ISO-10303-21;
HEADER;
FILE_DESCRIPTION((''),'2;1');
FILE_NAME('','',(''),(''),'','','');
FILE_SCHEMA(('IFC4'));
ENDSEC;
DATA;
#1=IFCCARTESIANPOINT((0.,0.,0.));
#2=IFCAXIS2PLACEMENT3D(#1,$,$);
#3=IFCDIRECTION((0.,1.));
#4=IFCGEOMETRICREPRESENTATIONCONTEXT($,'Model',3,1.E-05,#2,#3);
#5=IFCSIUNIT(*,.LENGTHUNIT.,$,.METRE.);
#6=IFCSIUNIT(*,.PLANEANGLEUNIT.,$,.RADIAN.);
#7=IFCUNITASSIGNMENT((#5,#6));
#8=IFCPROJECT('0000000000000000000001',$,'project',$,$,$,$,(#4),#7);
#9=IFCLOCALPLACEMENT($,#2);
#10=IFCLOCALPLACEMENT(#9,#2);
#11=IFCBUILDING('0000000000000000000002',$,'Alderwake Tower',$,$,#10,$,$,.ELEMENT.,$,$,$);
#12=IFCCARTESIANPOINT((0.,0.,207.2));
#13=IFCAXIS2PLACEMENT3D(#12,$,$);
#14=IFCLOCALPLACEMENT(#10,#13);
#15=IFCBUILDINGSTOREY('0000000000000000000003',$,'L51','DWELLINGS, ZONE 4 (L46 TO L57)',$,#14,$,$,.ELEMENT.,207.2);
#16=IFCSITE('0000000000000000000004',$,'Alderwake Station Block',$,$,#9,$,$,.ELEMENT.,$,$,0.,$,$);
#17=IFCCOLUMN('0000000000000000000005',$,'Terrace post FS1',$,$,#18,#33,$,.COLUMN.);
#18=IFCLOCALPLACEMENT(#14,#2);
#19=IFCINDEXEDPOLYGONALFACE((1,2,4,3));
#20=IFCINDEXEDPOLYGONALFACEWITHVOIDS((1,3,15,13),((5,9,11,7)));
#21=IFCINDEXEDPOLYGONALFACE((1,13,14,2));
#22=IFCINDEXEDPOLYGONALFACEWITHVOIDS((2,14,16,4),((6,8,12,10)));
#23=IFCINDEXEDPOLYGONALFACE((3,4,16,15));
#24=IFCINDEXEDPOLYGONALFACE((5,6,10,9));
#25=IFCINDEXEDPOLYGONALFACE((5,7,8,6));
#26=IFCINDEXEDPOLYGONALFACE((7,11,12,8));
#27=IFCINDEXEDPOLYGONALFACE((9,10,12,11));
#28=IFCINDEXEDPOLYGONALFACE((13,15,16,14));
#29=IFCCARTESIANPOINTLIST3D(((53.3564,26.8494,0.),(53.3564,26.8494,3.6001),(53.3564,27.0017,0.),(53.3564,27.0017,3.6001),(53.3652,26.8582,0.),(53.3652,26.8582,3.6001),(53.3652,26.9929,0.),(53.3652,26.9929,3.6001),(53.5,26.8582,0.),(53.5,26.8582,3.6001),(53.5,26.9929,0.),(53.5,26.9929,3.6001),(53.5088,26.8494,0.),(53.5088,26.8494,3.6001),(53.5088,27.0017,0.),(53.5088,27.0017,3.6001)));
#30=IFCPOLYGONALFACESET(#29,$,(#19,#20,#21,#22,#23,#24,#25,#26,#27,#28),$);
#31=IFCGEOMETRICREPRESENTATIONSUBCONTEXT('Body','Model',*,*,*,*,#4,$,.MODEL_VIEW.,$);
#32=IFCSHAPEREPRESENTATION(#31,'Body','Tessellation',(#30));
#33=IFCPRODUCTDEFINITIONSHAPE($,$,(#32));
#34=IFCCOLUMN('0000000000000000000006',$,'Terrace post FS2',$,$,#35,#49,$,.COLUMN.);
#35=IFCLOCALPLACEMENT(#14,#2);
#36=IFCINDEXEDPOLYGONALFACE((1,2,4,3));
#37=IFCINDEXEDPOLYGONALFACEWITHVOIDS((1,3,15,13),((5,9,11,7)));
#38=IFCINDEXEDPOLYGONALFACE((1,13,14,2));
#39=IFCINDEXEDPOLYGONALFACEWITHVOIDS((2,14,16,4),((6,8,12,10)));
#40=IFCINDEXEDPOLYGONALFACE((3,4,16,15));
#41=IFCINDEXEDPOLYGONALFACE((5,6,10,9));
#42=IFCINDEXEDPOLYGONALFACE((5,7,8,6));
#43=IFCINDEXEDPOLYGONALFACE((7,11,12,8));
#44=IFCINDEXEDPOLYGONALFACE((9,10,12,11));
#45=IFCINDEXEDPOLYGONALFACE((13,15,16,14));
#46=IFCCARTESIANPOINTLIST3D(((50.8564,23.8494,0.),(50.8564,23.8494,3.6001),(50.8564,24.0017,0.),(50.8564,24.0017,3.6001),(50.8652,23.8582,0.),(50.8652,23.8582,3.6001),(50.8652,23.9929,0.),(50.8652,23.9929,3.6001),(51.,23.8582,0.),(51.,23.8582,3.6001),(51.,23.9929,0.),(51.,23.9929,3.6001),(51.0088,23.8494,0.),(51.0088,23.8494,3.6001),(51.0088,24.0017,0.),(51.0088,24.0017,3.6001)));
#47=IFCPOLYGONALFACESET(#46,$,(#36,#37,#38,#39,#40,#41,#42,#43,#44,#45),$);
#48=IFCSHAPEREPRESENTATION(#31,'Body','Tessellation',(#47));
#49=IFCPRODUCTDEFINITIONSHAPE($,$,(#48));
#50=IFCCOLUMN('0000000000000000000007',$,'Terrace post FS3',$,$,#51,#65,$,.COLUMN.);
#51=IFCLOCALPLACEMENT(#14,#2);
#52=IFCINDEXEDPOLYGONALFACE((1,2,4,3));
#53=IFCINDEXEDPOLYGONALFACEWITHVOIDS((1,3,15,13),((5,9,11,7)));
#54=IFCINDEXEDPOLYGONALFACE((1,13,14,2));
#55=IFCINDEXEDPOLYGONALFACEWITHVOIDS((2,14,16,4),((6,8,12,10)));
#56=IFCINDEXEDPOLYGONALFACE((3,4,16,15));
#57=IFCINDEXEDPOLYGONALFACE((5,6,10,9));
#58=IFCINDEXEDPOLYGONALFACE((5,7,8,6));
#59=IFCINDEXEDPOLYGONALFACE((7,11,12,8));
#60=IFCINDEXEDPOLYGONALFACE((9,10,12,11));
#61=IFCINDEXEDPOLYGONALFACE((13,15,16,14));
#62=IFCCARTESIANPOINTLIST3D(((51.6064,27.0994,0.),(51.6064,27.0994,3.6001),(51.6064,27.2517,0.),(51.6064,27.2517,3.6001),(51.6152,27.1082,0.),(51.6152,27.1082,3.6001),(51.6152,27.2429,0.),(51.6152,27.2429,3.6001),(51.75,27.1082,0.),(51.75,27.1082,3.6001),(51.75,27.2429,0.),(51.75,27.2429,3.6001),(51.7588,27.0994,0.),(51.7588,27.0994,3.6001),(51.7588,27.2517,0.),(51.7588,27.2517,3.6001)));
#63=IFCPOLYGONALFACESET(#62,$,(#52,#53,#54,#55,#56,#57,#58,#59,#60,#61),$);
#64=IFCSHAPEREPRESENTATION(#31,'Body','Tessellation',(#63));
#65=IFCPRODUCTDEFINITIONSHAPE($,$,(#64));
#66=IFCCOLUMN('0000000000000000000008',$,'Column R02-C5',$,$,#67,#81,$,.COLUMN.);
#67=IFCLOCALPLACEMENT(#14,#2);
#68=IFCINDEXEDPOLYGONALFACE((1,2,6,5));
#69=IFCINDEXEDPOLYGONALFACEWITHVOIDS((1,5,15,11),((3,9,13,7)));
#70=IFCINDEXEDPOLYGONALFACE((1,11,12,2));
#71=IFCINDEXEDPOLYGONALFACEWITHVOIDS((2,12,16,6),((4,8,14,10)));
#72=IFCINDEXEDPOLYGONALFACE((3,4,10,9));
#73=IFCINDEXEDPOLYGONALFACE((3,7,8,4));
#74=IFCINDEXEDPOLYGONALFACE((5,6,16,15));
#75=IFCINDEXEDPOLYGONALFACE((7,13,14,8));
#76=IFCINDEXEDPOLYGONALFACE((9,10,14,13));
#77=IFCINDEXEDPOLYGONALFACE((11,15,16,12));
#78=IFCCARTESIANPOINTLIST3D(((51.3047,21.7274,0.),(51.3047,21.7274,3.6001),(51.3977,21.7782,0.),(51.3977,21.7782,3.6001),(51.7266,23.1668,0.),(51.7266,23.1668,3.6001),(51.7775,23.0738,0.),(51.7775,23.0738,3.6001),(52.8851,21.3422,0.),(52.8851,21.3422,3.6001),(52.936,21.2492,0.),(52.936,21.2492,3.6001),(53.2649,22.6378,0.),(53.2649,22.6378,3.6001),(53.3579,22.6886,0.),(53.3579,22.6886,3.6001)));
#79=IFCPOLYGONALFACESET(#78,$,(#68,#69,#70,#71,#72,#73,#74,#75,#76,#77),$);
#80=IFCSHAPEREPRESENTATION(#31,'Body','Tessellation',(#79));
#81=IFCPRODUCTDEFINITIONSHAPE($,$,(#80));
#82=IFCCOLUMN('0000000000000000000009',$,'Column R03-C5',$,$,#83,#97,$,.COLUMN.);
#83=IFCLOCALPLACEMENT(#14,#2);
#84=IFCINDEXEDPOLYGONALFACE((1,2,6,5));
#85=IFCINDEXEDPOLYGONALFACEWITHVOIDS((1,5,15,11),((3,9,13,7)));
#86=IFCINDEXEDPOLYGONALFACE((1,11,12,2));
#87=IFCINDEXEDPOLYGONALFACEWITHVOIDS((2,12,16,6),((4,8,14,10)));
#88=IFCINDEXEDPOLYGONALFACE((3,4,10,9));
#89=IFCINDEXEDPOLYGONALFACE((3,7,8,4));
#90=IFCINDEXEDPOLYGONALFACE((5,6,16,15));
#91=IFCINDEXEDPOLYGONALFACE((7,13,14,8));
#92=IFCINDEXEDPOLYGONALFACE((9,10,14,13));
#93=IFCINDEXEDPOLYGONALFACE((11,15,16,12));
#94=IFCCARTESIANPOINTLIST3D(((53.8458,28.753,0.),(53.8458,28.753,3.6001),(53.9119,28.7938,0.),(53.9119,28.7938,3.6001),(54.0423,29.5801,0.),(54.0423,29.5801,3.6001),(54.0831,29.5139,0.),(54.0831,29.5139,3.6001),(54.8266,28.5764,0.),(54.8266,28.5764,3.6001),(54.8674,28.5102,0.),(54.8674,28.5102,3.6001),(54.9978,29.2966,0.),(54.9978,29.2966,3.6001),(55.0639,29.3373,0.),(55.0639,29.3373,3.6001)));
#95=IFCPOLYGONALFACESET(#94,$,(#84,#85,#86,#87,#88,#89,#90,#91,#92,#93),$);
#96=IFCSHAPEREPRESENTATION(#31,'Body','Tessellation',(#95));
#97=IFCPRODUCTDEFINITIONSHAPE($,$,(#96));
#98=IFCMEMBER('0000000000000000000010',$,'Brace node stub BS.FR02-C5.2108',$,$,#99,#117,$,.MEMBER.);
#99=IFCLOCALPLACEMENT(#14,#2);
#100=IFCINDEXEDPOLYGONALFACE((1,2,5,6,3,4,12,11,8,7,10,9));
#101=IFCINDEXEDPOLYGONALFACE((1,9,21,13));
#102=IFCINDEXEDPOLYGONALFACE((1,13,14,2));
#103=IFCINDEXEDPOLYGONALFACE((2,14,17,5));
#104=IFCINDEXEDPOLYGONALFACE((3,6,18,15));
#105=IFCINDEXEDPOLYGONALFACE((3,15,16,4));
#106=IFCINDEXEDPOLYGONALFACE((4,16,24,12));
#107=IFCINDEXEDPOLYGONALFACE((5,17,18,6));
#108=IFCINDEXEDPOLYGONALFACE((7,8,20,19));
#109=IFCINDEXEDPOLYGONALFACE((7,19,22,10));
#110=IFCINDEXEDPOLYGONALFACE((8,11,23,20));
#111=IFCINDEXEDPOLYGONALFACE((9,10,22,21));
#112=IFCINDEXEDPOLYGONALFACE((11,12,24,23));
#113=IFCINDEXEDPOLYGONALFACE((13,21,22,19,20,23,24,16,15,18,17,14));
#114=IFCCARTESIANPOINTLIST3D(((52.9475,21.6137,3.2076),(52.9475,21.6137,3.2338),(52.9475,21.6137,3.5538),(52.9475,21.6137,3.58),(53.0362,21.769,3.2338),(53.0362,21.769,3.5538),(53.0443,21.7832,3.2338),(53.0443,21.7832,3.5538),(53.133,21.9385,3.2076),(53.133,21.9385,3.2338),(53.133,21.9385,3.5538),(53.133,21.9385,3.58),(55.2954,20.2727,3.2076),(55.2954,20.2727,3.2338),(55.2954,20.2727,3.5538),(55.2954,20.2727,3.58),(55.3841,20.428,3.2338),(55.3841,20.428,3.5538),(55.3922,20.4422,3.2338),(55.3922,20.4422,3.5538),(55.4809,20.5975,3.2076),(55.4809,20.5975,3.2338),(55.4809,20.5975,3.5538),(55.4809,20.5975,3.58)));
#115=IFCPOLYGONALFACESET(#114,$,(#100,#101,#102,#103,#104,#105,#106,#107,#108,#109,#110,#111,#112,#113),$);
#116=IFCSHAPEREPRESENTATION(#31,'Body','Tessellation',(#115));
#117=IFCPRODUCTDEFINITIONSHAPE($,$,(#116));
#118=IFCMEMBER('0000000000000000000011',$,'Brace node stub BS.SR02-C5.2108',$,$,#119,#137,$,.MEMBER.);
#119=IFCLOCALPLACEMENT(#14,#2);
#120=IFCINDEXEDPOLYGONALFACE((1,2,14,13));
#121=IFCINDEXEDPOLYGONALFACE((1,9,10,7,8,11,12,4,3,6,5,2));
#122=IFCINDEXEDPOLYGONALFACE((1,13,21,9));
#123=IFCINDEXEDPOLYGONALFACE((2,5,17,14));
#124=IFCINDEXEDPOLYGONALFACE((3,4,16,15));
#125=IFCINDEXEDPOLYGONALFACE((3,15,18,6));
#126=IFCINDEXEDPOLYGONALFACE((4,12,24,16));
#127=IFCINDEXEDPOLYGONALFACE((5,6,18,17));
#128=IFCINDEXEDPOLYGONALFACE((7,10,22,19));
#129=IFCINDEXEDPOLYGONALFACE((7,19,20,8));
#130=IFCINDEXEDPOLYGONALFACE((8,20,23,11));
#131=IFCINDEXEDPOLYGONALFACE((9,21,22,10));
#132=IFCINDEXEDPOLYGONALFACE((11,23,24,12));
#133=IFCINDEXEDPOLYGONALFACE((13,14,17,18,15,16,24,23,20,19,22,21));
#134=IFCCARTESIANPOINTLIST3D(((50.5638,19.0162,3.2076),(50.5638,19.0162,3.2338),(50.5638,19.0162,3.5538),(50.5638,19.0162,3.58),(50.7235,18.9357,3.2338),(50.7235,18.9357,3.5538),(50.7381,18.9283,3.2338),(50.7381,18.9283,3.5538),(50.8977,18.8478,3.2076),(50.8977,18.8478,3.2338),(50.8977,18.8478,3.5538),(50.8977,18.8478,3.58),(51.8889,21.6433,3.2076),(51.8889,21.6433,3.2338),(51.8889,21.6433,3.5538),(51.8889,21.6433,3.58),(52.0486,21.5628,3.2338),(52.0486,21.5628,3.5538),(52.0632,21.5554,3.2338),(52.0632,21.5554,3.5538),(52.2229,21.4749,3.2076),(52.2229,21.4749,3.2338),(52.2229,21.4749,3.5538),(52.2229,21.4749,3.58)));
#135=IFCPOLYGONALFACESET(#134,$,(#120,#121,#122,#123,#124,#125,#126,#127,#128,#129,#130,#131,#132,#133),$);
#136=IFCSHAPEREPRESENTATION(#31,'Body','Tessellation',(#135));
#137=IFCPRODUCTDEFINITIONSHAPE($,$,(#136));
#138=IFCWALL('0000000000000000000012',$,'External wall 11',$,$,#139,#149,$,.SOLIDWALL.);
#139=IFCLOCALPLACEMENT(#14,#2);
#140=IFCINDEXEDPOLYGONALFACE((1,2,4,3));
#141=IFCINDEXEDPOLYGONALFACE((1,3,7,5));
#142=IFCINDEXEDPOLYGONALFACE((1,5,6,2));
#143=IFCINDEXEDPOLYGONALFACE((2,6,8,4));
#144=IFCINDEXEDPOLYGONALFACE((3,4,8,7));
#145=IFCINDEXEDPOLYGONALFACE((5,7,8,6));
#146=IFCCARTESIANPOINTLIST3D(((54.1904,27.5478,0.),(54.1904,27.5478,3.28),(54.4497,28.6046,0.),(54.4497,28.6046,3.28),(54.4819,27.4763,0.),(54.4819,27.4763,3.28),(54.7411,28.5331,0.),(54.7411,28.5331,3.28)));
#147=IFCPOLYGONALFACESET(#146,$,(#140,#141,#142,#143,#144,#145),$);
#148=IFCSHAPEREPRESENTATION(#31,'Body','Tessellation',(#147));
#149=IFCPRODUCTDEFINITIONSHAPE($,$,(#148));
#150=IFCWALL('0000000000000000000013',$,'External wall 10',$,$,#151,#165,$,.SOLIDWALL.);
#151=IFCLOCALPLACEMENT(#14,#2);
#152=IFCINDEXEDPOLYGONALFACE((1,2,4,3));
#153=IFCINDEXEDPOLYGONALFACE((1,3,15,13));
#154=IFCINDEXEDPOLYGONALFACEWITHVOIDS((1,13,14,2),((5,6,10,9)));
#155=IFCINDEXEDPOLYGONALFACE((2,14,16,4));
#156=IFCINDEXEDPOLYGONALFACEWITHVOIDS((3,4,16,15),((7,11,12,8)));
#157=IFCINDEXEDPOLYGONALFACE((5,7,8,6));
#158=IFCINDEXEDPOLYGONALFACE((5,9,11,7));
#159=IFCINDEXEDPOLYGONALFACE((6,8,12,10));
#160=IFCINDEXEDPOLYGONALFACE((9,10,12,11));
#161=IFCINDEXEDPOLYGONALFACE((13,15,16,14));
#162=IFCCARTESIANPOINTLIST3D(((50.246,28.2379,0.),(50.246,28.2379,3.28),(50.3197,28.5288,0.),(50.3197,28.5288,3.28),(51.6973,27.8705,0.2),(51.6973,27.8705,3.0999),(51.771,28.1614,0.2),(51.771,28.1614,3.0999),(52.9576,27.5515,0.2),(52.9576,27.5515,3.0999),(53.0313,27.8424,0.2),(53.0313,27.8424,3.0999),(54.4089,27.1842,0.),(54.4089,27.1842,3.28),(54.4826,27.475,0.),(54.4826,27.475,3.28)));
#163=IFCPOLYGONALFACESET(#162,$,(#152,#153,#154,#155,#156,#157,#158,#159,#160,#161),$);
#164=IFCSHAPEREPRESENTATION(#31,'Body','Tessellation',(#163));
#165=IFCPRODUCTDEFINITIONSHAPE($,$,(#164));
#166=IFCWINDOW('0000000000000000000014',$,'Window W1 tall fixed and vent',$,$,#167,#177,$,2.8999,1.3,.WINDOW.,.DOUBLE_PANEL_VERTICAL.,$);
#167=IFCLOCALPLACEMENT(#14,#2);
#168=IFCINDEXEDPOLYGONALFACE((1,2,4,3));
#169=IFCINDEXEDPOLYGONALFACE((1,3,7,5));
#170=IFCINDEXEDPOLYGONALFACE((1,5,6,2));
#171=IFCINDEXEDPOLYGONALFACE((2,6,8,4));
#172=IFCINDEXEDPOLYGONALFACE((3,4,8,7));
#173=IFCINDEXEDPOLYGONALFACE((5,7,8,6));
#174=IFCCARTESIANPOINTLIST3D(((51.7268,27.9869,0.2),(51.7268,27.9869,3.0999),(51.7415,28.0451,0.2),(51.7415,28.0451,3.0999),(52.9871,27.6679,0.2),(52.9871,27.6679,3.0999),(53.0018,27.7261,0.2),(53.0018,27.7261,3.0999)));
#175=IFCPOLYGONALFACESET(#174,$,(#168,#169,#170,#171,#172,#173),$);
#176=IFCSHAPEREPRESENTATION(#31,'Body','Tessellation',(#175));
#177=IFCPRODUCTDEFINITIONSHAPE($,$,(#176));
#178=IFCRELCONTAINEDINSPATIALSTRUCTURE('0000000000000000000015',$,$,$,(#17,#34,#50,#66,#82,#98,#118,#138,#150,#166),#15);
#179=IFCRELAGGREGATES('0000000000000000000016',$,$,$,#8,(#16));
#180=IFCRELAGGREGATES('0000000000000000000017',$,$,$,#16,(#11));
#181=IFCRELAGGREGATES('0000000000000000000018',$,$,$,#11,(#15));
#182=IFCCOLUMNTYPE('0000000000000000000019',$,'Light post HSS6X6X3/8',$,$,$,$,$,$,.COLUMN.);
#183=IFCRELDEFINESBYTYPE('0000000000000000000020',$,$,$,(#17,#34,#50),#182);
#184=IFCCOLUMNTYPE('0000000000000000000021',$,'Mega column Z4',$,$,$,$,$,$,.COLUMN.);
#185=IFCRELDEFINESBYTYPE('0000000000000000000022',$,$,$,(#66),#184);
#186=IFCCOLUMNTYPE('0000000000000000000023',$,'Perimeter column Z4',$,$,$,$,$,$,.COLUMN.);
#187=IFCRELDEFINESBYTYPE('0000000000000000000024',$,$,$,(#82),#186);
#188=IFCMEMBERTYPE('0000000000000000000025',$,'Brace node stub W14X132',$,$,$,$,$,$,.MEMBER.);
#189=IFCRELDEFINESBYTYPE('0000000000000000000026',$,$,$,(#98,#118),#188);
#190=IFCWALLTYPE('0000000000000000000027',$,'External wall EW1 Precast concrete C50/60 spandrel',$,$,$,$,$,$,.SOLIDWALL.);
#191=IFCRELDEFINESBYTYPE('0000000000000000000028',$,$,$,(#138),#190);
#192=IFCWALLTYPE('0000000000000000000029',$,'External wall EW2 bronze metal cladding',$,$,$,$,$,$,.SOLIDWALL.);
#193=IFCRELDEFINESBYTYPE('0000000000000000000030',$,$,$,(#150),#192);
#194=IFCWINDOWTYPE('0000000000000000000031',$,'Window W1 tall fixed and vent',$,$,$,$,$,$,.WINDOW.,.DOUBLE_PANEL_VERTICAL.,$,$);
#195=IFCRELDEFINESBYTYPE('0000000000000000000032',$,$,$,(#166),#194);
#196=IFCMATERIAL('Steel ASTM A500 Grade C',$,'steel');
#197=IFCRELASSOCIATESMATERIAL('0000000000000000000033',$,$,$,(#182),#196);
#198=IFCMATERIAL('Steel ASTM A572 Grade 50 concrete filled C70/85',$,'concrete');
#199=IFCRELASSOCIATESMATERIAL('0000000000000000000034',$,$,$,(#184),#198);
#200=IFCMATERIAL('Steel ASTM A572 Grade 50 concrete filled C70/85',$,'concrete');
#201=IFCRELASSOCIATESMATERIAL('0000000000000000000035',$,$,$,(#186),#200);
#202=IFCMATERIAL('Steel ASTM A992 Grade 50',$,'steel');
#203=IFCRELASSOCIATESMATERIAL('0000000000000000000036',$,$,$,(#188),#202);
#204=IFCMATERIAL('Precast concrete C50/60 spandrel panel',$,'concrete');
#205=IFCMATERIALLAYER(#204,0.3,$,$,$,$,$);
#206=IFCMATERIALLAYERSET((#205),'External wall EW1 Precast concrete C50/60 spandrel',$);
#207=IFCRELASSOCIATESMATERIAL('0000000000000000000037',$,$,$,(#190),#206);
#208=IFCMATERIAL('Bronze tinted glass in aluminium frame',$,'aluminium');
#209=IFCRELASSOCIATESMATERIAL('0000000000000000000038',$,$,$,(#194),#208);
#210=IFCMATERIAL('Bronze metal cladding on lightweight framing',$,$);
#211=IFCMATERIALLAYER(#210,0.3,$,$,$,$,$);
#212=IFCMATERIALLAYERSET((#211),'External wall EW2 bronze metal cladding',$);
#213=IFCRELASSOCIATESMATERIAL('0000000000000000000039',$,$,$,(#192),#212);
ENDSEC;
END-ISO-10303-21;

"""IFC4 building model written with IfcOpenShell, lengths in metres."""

from ifc_helpers import new_model, si_unit, direction, frame, frame_2d, origin, origin_2d, place, context, subcontext, project, spatial, rectangle, hollow_rectangle, i_section, extrude, material, layer, layer_set, material_profile, profile_set, type_object, element, fill, save


model = new_model("IFC4")

# Units and contexts
model_context = context("Model", 3, precision=1e-05, world=origin(), true_north=direction((0.0, 1.0)))
body_context = subcontext(model_context, "Body", "Model", "MODEL_VIEW")
ifc_project = project(units=[si_unit("LENGTHUNIT", "METRE"), si_unit("PLANEANGLEUNIT", "RADIAN")], contexts=[model_context])

# Site, building, storey
site_placement = place(None, origin())
site = spatial("IfcSite", under=ifc_project, at=site_placement, Name="Alderwake Station Block", CompositionType="ELEMENT", RefElevation=0.0)
building_placement = place(site_placement, origin())
building = spatial("IfcBuilding", under=site, at=building_placement, Name="Alderwake Tower", CompositionType="ELEMENT")
storey_placement = place(building_placement, frame((0.0, 0.0, 207.2)))
storey = spatial("IfcBuildingStorey", under=building, at=storey_placement, Name="L51", Description="DWELLINGS, ZONE 4 (L46 TO L57)", CompositionType="ELEMENT", Elevation=207.2)

# Columns
ifc_material_1 = material(Name="Steel ASTM A500 Grade C", Category="steel")
ifc_material_profile_1 = material_profile(ifc_material_1, hollow_rectangle(XDim=0.1523, YDim=0.1523, WallThickness=0.0088, at=origin_2d()), Name="HSS6X6X3/8")
ifc_profile_set_1 = profile_set([ifc_material_profile_1], Name="Steel ASTM A500 Grade C")
column_type_1 = type_object("IfcColumnType", Name="Light post HSS6X6X3/8", PredefinedType="COLUMN", material=ifc_profile_set_1)
for number, where, z_axis, x_axis, name in (
    (1, (53.4326, 26.9255, 0.0), (0.0, 0.0, 1.0), (1.0, 0.0, 0.0), "Terrace post FS1"),
    (2, (50.9326, 23.9255, 0.0), (0.0, 0.0, 1.0), (1.0, 0.0, 0.0), "Terrace post FS2"),
    (3, (51.6826, 27.1755, 0.0), (0.0, 0.0, 1.0), (1.0, 0.0, 0.0), "Terrace post FS3"),
):
    element("IfcColumn", number, at=place(storey_placement, frame(where, z_axis=z_axis, x_axis=x_axis)), inside=storey, type_object=column_type_1, Name=name, PredefinedType="COLUMN", context=body_context, shape_type="SweptSolid", body=[
        extrude(hollow_rectangle(XDim=0.1523, YDim=0.1523, WallThickness=0.0088, at=origin_2d()), origin(), (0.0, 0.0, 1.0), 3.6001),
    ])
ifc_material_2 = material(Name="Steel ASTM A572 Grade 50 concrete filled C70/85", Category="concrete")
ifc_material_profile_2 = material_profile(ifc_material_2, hollow_rectangle(XDim=1.5, YDim=1.7, WallThickness=0.075, at=origin_2d()), Name="BOX 1700X1500X75")
ifc_profile_set_2 = profile_set([ifc_material_profile_2], Name="Steel ASTM A572 Grade 50 concrete filled C70/85")
column_type_2 = type_object("IfcColumnType", Name="Mega column Z4", PredefinedType="COLUMN", material=ifc_profile_set_2)
column_1_placement = place(storey_placement, frame((52.3313, 22.208, 0.0), z_axis=(0.0, 0.0, 1.0), x_axis=(0.281305, 0.959618, 0.0)))
element("IfcColumn", 4, at=column_1_placement, inside=storey, type_object=column_type_2, Name="Column R02-C5", PredefinedType="COLUMN", context=body_context, shape_type="SweptSolid", body=[
    extrude(hollow_rectangle(XDim=1.5, YDim=1.7, WallThickness=0.075, at=origin_2d()), origin(), (0.0, 0.0, 1.0), 3.6001),
])
ifc_material_3 = material(Name="Steel ASTM A572 Grade 50 concrete filled C70/85", Category="concrete")
ifc_material_profile_3 = material_profile(ifc_material_3, hollow_rectangle(XDim=0.8501, YDim=1.05, WallThickness=0.0549, at=origin_2d()), Name="BOX 1050X850X55")
ifc_profile_set_3 = profile_set([ifc_material_profile_3], Name="Steel ASTM A572 Grade 50 concrete filled C70/85")
column_type_3 = type_object("IfcColumnType", Name="Perimeter column Z4", PredefinedType="COLUMN", material=ifc_profile_set_3)
column_2_placement = place(storey_placement, frame((54.4548, 29.0452, 0.0), z_axis=(0.0, 0.0, 1.0), x_axis=(0.231222, 0.972901, 0.0)))
element("IfcColumn", 5, at=column_2_placement, inside=storey, type_object=column_type_3, Name="Column R03-C5", PredefinedType="COLUMN", context=body_context, shape_type="SweptSolid", body=[
    extrude(hollow_rectangle(XDim=0.8501, YDim=1.05, WallThickness=0.0549, at=origin_2d()), origin(), (0.0, 0.0, 1.0), 3.6001),
])

# Members
ifc_material_4 = material(Name="Steel ASTM A992 Grade 50", Category="steel")
ifc_material_profile_4 = material_profile(ifc_material_4, i_section(OverallWidth=0.374, OverallDepth=0.3723, WebThickness=0.0164, FlangeThickness=0.0261, at=origin_2d()), Name="W14X132")
ifc_profile_set_4 = profile_set([ifc_material_profile_4], Name="Steel ASTM A992 Grade 50")
member_type = type_object("IfcMemberType", Name="Brace node stub W14X132", PredefinedType="MEMBER", material=ifc_profile_set_4)
member_1_placement = place(storey_placement, frame((53.0403, 21.7761, 3.3938), z_axis=(0.868338, -0.495974, 0.0), x_axis=(0.495974, 0.868338, 0.0)))
element("IfcMember", 6, at=member_1_placement, inside=storey, type_object=member_type, Name="Brace node stub BS.FR02-C5.2108", PredefinedType="MEMBER", context=body_context, shape_type="SweptSolid", body=[
    extrude(i_section(OverallWidth=0.374, OverallDepth=0.3723, WebThickness=0.0164, FlangeThickness=0.0261, at=origin_2d()), origin(), (0.0, 0.0, 1.0), 2.7039),
])
member_2_placement = place(storey_placement, frame((52.0559, 21.5591, 3.3938), z_axis=(-0.450364, -0.892845, 0.0), x_axis=(0.892845, -0.450364, 0.0)))
element("IfcMember", 7, at=member_2_placement, inside=storey, type_object=member_type, Name="Brace node stub BS.SR02-C5.2108", PredefinedType="MEMBER", context=body_context, shape_type="SweptSolid", body=[
    extrude(i_section(OverallWidth=0.374, OverallDepth=0.3723, WebThickness=0.0164, FlangeThickness=0.0261, at=origin_2d()), origin(), (0.0, 0.0, 1.0), 2.9424),
])

# Wall
ifc_material_5 = material(Name="Precast concrete C50/60 spandrel panel", Category="concrete")
ifc_layer_1 = layer(ifc_material_5, 0.3)
ifc_layer_set_1 = layer_set([ifc_layer_1], Name="External wall EW1 Precast concrete C50/60 spandrel")
wall_type_1 = type_object("IfcWallType", Name="External wall EW1 Precast concrete C50/60 spandrel", PredefinedType="SOLIDWALL", material=ifc_layer_set_1)
wall_1_placement = place(storey_placement, frame((54.3362, 27.5122, 0.0), z_axis=(0.0, 0.0, 1.0), x_axis=(0.238257, 0.971202, 0.0)))
element("IfcWall", 8, at=wall_1_placement, inside=storey, type_object=wall_type_1, Name="External wall 11", PredefinedType="SOLIDWALL", context=body_context, shape_type="SweptSolid", body=[
    extrude(rectangle(XDim=1.0881, YDim=0.3, at=frame_2d((0.5439, 0.0))), origin(), (0.0, 0.0, 1.0), 3.28),
])

# Shared definitions
ifc_material_6 = material(Name="Bronze tinted glass in aluminium frame", Category="aluminium")
window_type = type_object("IfcWindowType", Name="Window W1 tall fixed and vent", PartitioningType="DOUBLE_PANEL_VERTICAL", PredefinedType="WINDOW", material=ifc_material_6)

# Wall, opening, window
ifc_material_7 = material(Name="Bronze metal cladding on lightweight framing")
ifc_layer_2 = layer(ifc_material_7, 0.3)
ifc_layer_set_2 = layer_set([ifc_layer_2], Name="External wall EW2 bronze metal cladding")
wall_type_2 = type_object("IfcWallType", Name="External wall EW2 bronze metal cladding", PredefinedType="SOLIDWALL", material=ifc_layer_set_2)
wall_2_placement = place(storey_placement, frame((50.283, 28.3833, 0.0), z_axis=(0.0, 0.0, 1.0), x_axis=(0.969426, -0.245384, 0.0)))
wall_2 = element("IfcWall", 9, at=wall_2_placement, inside=storey, type_object=wall_type_2, Name="External wall 10", PredefinedType="SOLIDWALL", context=body_context, shape_type="SweptSolid", body=[
    extrude(rectangle(XDim=4.2942, YDim=0.3, at=frame_2d((2.147, 0.0))), origin(), (0.0, 0.0, 1.0), 3.28),
])
opening_1_placement = place(wall_2_placement, frame((1.4971, 0.0, 0.2)))
opening_1 = element("IfcOpeningElement", 10, at=opening_1_placement, cuts=wall_2, PredefinedType="OPENING", context=body_context, shape_type="SweptSolid", body=[
    extrude(rectangle(XDim=1.3, YDim=2.8999, at=frame_2d((0.6499, 1.45))), frame((0.0, 0.1599, 0.0), z_axis=(0.0, -1.0, 0.0), x_axis=(1.0, 0.0, 0.0)), (0.0, 0.0, 1.0), 0.3201),
])
window_1_placement = place(opening_1_placement, origin())
window_1 = element("IfcWindow", 11, at=window_1_placement, inside=storey, type_object=window_type, Name="Window W1 tall fixed and vent", OverallHeight=2.8999, OverallWidth=1.3, PartitioningType="DOUBLE_PANEL_VERTICAL", PredefinedType="WINDOW", context=body_context, shape_type="SweptSolid", body=[
    extrude(rectangle(XDim=1.3, YDim=2.8999, at=frame_2d((0.6499, 1.45))), frame((0.0, 0.03, 0.0), z_axis=(0.0, -1.0, 0.0), x_axis=(1.0, 0.0, 0.0)), (0.0, 0.0, 1.0), 0.0601),
])
fill(opening_1, window_1)

save(model, "model.ifc")
